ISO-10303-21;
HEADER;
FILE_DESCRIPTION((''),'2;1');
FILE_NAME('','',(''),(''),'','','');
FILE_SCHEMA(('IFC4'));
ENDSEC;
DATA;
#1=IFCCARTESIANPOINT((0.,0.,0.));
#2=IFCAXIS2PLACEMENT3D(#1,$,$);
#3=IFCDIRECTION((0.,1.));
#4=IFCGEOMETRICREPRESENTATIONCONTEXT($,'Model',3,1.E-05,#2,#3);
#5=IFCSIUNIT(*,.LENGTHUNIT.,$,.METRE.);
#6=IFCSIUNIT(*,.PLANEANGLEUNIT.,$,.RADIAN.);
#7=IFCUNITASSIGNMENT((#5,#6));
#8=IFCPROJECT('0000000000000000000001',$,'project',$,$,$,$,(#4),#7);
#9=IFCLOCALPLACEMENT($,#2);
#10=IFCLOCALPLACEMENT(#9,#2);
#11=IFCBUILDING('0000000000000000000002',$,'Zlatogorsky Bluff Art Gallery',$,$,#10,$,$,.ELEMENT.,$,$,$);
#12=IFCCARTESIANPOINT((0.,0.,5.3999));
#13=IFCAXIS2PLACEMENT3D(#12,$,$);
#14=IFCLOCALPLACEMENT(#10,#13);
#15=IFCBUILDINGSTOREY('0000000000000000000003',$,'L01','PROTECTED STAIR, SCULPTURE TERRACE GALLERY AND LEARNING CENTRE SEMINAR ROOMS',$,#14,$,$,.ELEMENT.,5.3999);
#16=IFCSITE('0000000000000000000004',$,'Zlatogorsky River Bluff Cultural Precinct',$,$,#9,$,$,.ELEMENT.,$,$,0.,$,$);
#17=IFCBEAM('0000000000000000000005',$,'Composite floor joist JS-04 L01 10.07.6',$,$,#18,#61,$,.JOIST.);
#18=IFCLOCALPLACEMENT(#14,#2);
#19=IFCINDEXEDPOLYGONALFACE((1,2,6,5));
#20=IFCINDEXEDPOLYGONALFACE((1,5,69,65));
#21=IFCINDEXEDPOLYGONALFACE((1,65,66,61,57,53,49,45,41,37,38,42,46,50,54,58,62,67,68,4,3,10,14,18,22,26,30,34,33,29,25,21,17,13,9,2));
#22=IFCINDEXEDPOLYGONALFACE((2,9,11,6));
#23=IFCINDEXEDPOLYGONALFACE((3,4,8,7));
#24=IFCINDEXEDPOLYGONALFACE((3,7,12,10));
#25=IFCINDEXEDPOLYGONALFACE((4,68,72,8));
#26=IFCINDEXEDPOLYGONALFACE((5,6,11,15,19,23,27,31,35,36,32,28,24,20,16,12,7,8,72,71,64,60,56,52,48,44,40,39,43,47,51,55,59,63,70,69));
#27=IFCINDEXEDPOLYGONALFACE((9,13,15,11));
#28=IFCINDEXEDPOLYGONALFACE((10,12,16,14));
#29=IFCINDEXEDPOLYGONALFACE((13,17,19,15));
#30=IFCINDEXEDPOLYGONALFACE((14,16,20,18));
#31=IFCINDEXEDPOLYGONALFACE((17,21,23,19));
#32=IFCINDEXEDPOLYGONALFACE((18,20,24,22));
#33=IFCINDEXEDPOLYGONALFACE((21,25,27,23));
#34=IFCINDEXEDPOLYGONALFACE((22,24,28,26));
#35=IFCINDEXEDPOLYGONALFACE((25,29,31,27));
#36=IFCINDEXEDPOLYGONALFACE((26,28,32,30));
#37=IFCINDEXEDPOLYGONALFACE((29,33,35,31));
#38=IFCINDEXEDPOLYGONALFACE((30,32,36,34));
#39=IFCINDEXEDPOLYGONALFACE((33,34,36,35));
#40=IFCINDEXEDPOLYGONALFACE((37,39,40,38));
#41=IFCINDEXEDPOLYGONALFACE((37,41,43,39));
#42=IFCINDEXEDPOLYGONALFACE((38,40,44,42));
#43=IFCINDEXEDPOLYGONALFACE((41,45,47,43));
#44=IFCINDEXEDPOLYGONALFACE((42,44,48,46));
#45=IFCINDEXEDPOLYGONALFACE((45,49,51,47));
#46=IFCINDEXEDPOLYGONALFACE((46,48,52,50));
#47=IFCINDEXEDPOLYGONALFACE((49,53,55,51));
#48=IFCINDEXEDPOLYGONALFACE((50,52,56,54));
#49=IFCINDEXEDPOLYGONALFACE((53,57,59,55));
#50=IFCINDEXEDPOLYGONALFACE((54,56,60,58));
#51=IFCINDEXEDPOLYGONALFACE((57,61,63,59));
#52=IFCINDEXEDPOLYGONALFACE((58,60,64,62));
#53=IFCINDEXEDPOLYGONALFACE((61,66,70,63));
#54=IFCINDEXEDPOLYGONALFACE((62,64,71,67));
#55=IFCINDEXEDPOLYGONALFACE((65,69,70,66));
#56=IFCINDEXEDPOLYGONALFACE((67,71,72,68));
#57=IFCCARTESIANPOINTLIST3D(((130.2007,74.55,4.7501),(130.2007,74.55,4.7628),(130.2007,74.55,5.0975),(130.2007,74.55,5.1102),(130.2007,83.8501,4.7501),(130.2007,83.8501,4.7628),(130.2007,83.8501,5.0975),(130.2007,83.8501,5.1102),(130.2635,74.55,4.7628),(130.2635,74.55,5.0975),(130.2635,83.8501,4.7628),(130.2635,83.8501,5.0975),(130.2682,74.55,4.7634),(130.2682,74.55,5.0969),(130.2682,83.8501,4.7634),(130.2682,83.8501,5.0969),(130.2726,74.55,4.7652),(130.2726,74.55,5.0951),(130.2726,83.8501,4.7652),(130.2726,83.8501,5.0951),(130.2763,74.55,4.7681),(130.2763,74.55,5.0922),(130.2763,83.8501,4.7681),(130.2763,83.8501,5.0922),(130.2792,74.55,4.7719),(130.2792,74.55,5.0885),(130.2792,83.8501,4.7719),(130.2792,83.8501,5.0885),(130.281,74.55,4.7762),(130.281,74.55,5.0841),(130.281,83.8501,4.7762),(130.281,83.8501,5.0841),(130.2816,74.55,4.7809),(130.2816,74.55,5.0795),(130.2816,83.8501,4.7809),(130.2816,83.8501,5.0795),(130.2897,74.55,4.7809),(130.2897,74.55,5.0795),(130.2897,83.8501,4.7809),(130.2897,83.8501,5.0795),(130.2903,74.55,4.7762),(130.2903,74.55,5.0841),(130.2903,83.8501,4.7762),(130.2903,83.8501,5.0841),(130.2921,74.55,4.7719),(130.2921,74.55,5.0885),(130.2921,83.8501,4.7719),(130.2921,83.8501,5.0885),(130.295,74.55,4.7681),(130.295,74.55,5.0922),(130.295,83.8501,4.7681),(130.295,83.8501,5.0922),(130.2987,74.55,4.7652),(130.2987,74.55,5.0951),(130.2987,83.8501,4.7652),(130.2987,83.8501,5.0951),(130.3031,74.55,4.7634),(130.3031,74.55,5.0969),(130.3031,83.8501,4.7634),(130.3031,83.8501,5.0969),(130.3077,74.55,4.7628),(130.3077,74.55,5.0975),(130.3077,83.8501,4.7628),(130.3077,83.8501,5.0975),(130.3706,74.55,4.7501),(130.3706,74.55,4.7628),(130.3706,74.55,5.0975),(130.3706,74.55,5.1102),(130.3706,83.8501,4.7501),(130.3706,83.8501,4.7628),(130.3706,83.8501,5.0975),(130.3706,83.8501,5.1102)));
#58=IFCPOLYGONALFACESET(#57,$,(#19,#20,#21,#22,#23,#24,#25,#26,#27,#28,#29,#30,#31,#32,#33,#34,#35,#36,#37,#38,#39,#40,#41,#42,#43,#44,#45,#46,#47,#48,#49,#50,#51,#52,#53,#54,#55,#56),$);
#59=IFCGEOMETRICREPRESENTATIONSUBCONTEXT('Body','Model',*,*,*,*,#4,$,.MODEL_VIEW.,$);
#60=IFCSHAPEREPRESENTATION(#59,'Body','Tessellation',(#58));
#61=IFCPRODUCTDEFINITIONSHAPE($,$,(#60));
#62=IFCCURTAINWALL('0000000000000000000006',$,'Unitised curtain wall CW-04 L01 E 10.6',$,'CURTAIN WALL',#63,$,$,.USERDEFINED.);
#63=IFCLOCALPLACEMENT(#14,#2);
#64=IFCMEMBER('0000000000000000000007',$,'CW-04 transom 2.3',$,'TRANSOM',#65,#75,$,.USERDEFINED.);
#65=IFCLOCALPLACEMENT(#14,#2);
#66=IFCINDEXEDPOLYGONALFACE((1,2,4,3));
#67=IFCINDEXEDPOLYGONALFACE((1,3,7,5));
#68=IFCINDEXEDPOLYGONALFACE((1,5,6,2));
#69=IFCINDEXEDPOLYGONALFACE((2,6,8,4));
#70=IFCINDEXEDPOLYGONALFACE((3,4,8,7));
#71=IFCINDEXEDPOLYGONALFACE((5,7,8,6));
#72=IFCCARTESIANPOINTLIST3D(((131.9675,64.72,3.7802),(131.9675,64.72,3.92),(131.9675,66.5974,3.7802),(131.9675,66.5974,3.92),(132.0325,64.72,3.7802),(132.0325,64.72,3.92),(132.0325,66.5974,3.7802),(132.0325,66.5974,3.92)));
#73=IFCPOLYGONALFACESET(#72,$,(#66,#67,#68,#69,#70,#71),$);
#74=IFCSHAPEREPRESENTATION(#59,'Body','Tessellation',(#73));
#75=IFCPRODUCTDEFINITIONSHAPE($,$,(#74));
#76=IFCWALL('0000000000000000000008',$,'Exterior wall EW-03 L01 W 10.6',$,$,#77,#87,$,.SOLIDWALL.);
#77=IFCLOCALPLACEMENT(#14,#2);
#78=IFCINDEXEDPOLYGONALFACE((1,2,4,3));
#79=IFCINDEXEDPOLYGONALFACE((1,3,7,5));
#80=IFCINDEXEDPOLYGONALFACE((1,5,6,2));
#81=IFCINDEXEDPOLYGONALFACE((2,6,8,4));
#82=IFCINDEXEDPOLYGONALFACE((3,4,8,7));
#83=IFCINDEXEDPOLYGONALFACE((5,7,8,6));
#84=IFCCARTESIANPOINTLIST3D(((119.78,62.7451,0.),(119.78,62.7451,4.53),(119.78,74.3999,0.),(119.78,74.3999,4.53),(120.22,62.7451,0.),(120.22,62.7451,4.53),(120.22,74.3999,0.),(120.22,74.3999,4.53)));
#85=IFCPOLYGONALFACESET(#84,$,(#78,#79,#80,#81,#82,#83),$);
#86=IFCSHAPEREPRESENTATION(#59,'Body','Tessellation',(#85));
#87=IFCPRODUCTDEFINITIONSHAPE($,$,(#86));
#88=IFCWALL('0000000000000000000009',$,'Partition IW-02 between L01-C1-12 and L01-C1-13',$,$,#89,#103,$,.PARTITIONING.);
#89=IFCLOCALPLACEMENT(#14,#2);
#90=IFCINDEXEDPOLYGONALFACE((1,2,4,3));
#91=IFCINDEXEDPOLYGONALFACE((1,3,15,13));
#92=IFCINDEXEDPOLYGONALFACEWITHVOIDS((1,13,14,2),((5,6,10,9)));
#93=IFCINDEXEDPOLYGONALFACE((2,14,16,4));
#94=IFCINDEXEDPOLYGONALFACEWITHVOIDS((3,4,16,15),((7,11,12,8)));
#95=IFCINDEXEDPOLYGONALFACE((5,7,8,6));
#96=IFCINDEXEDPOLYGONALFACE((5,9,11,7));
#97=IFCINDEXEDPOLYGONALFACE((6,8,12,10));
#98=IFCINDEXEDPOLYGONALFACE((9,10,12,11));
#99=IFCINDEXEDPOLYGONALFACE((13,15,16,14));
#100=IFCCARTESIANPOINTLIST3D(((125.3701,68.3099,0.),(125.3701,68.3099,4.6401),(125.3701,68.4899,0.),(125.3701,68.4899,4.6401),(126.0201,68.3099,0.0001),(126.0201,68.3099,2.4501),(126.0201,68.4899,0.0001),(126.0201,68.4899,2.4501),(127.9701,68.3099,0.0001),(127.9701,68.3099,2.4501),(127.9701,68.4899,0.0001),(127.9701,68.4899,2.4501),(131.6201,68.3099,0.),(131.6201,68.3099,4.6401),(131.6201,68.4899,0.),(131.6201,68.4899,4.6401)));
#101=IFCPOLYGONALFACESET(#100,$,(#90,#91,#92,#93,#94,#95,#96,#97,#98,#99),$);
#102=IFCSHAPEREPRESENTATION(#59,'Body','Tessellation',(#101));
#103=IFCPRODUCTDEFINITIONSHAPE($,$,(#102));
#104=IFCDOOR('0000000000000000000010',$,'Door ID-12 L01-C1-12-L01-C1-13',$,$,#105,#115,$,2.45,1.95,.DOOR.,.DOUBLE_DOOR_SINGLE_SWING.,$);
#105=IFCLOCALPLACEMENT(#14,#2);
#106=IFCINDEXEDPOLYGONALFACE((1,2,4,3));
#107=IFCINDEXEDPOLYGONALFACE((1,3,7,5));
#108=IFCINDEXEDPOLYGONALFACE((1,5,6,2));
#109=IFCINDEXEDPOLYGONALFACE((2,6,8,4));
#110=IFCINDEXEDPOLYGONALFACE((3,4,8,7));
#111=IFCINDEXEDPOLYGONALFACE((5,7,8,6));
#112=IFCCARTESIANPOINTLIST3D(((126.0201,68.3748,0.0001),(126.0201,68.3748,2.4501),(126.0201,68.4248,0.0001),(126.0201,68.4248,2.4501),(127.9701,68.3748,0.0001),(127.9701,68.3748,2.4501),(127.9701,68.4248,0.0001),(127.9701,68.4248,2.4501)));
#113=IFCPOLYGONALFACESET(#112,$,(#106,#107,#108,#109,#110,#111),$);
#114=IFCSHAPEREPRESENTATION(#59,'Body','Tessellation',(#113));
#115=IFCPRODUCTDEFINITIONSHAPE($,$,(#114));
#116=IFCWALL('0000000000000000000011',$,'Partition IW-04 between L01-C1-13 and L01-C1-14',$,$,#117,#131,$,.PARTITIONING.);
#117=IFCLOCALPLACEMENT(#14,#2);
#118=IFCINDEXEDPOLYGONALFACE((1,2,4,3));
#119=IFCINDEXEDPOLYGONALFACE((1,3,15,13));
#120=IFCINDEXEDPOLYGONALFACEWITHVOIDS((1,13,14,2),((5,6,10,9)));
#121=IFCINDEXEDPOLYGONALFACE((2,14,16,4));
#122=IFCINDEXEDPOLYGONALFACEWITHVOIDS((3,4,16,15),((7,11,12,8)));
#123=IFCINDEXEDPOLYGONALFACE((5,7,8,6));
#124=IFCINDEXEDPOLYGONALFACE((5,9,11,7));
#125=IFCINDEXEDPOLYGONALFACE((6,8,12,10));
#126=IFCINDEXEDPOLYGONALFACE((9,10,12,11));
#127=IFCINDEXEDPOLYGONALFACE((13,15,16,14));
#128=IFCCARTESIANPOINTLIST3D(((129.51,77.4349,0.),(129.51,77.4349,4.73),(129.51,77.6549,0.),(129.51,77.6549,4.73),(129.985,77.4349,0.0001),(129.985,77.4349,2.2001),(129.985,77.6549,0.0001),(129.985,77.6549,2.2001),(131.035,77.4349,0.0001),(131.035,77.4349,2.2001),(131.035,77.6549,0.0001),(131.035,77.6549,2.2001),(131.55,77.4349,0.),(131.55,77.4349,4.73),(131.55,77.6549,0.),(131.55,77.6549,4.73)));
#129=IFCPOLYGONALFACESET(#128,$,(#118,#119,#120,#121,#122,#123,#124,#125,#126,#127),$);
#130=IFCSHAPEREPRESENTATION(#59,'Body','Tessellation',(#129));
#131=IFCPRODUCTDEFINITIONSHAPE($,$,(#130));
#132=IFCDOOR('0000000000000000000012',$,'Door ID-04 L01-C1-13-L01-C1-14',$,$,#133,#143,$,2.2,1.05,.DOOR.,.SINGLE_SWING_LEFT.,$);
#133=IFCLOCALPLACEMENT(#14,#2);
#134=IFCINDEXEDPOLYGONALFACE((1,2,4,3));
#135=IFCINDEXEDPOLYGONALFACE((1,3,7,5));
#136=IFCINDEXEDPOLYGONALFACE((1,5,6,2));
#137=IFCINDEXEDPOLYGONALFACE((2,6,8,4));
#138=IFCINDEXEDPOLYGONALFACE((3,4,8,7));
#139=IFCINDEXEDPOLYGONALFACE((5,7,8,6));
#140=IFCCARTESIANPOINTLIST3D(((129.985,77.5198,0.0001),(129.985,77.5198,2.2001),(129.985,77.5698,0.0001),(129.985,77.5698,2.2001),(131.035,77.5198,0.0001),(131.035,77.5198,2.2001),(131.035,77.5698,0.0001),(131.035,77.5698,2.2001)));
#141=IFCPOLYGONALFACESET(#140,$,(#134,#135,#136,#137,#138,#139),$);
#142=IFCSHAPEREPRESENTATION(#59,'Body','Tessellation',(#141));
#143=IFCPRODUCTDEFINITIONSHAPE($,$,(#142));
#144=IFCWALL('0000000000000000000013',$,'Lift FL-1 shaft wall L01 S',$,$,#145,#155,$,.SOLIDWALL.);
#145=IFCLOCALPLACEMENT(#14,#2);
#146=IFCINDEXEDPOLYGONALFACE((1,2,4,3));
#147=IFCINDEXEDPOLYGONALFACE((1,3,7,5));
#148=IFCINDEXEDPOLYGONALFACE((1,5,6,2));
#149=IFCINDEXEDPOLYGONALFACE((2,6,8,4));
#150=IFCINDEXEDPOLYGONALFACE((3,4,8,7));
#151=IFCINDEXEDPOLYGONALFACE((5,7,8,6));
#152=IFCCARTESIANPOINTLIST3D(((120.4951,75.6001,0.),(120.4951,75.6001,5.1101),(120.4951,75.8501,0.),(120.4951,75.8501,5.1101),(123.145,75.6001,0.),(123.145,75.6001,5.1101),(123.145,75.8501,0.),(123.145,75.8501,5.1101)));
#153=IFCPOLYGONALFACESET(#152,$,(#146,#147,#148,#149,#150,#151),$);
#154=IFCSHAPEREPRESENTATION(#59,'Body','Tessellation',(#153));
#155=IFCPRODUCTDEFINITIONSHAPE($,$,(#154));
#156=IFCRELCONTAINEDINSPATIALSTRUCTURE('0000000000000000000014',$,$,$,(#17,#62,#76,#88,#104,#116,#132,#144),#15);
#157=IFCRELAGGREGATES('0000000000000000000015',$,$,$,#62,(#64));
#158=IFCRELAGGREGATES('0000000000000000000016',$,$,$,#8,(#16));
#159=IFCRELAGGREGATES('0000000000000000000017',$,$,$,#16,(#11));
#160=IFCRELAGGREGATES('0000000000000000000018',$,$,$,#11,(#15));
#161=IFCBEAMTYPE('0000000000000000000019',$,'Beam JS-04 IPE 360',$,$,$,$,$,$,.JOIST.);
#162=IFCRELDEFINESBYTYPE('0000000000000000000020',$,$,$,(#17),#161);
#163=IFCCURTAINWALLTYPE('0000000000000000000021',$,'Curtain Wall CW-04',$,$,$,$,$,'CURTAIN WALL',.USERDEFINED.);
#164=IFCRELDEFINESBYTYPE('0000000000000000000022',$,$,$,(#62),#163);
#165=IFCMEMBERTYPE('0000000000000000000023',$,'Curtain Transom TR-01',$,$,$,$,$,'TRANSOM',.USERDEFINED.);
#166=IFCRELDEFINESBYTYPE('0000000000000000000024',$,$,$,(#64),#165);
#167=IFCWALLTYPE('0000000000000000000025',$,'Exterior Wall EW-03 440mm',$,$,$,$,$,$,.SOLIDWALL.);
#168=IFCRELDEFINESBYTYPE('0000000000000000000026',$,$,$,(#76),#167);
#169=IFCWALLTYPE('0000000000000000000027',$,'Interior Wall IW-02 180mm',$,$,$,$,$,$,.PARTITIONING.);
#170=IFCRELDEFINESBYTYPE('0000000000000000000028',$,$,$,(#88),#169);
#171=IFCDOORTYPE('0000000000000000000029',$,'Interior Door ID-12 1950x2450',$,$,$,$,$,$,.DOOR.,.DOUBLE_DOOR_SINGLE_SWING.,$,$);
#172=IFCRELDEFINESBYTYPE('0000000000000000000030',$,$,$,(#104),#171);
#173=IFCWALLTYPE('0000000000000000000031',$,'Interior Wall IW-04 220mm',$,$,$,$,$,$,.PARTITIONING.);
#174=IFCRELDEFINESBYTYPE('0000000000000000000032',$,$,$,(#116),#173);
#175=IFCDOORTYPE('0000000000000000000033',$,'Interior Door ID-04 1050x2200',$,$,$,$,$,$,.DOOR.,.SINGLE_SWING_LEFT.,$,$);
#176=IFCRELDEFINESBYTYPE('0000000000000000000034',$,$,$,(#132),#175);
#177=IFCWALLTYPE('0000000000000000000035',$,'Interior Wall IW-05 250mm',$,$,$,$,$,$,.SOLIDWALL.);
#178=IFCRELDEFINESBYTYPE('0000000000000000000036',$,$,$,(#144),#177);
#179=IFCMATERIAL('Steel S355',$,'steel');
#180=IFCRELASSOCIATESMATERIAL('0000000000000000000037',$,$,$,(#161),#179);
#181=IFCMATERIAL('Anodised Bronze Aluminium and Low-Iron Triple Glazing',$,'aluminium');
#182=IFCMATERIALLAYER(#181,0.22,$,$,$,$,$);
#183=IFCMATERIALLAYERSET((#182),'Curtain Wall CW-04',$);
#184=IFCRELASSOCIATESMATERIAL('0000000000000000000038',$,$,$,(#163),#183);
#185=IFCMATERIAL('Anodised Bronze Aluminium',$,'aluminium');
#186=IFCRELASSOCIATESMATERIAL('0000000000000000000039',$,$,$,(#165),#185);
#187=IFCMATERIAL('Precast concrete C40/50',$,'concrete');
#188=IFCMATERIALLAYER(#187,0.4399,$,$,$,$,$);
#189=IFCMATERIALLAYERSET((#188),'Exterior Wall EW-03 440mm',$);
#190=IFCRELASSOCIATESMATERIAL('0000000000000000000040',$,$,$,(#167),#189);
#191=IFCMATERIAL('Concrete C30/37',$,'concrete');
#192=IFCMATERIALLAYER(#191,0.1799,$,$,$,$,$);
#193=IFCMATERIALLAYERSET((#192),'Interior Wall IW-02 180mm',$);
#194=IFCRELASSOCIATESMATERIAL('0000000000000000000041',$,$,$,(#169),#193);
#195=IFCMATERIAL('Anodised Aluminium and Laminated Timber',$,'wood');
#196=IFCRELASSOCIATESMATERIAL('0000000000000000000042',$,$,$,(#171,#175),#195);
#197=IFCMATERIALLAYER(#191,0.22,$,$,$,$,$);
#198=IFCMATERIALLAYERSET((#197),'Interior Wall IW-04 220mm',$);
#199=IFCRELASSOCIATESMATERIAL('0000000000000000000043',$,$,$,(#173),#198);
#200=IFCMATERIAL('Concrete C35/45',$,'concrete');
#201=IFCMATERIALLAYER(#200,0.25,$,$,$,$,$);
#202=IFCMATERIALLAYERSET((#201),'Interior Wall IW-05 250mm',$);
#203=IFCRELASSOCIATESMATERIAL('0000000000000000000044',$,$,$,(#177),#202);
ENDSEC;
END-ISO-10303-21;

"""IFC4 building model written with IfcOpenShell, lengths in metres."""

from ifc_helpers import new_model, si_unit, direction, frame, frame_2d, origin, origin_2d, place, context, subcontext, project, spatial, rectangle, i_section, extrude, material, layer, layer_set, material_profile, profile_set, type_object, element, fill, aggregate, save


model = new_model("IFC4")

# Units and contexts
model_context = context("Model", 3, precision=1e-05, world=origin(), true_north=direction((0.0, 1.0)))
body_context = subcontext(model_context, "Body", "Model", "MODEL_VIEW")
ifc_project = project(units=[si_unit("LENGTHUNIT", "METRE"), si_unit("PLANEANGLEUNIT", "RADIAN")], contexts=[model_context])

# Site, building, storey
site_placement = place(None, origin())
site = spatial("IfcSite", under=ifc_project, at=site_placement, Name="Zlatogorsky River Bluff Cultural Precinct", CompositionType="ELEMENT", RefElevation=0.0)
building_placement = place(site_placement, origin())
building = spatial("IfcBuilding", under=site, at=building_placement, Name="Zlatogorsky Bluff Art Gallery", CompositionType="ELEMENT")
storey_placement = place(building_placement, frame((0.0, 0.0, 5.3999)))
storey = spatial("IfcBuildingStorey", under=building, at=storey_placement, Name="L01", Description="PROTECTED STAIR, SCULPTURE TERRACE GALLERY AND LEARNING CENTRE SEMINAR ROOMS", CompositionType="ELEMENT", Elevation=5.3999)

# Shared definitions
ifc_material_1 = material(Name="Steel S355", Category="steel")

# Beam
ifc_material_profile_1 = material_profile(ifc_material_1, i_section(OverallWidth=0.1699, OverallDepth=0.3601, WebThickness=0.0081, FlangeThickness=0.0127, FilletRadius=0.0181, at=origin_2d()), Name="IPE 360")
ifc_profile_set_1 = profile_set([ifc_material_profile_1], Name="Steel S355")
beam_type_1 = type_object("IfcBeamType", Name="Beam JS-04 IPE 360", PredefinedType="JOIST", material=ifc_profile_set_1)
for number, where, z_axis, x_axis, name in (
    (1, (130.2856, 74.55, 4.9302), (0.0, 1.0, 0.0), (-1.0, 0.0, 0.0), "Composite floor joist JS-04 L01 10.07.6"),
):
    element("IfcBeam", number, at=place(storey_placement, frame(where, z_axis=z_axis, x_axis=x_axis)), inside=storey, type_object=beam_type_1, Name=name, PredefinedType="JOIST", context=body_context, shape_type="SweptSolid", body=[
        extrude(i_section(OverallWidth=0.1699, OverallDepth=0.3601, WebThickness=0.0081, FlangeThickness=0.0127, FilletRadius=0.0181, at=origin_2d()), origin(), (0.0, 0.0, 1.0), 9.3),
    ])

# Curtain wall, member
ifc_material_2 = material(Name="Anodised Bronze Aluminium and Low-Iron Triple Glazing", Category="aluminium")
ifc_layer_1 = layer(ifc_material_2, 0.22)
ifc_layer_set_1 = layer_set([ifc_layer_1], Name="Curtain Wall CW-04")
curtain_wall_type = type_object("IfcCurtainWallType", Name="Curtain Wall CW-04", ElementType="CURTAIN WALL", PredefinedType="USERDEFINED", material=ifc_layer_set_1)
curtain_wall_placement = place(storey_placement, origin())
curtain_wall = element("IfcCurtainWall", 2, at=curtain_wall_placement, inside=storey, type_object=curtain_wall_type, Name="Unitised curtain wall CW-04 L01 E 10.6", ObjectType="CURTAIN WALL", PredefinedType="USERDEFINED")
ifc_material_3 = material(Name="Anodised Bronze Aluminium", Category="aluminium")
ifc_material_profile_2 = material_profile(ifc_material_3, rectangle(XDim=0.0649, YDim=0.1399, at=origin_2d()), Name="ALU TRANSOM 65x140")
ifc_profile_set_2 = profile_set([ifc_material_profile_2], Name="Anodised Bronze Aluminium")
member_type = type_object("IfcMemberType", Name="Curtain Transom TR-01", ElementType="TRANSOM", PredefinedType="USERDEFINED", material=ifc_profile_set_2)
member_placement = place(storey_placement, frame((132.0, 64.72, 3.8501), z_axis=(0.0, 1.0, 0.0), x_axis=(-1.0, 0.0, 0.0)))
member = element("IfcMember", 3, at=member_placement, type_object=member_type, Name="CW-04 transom 2.3", ObjectType="TRANSOM", PredefinedType="USERDEFINED", context=body_context, shape_type="SweptSolid", body=[
    extrude(rectangle(XDim=0.0649, YDim=0.1399, at=origin_2d()), origin(), (0.0, 0.0, 1.0), 1.8774),
])
aggregate(curtain_wall, [member])

# Wall
ifc_material_4 = material(Name="Precast concrete C40/50", Category="concrete")
ifc_layer_2 = layer(ifc_material_4, 0.4399)
ifc_layer_set_2 = layer_set([ifc_layer_2], Name="Exterior Wall EW-03 440mm")
wall_type_1 = type_object("IfcWallType", Name="Exterior Wall EW-03 440mm", PredefinedType="SOLIDWALL", material=ifc_layer_set_2)
wall_1_placement = place(storey_placement, frame((120.0, 74.3999, 0.0), z_axis=(0.0, 0.0, 1.0), x_axis=(0.0, -1.0, 0.0)))
element("IfcWall", 4, at=wall_1_placement, inside=storey, type_object=wall_type_1, Name="Exterior wall EW-03 L01 W 10.6", PredefinedType="SOLIDWALL", context=body_context, shape_type="SweptSolid", body=[
    extrude(rectangle(XDim=11.6548, YDim=0.4399, at=frame_2d((5.8274, 0.0))), origin(), (0.0, 0.0, 1.0), 4.53),
])

# Walls, openings, doors
ifc_material_5 = material(Name="Concrete C30/37", Category="concrete")
ifc_layer_3 = layer(ifc_material_5, 0.1799)
ifc_layer_set_3 = layer_set([ifc_layer_3], Name="Interior Wall IW-02 180mm")
wall_type_2 = type_object("IfcWallType", Name="Interior Wall IW-02 180mm", PredefinedType="PARTITIONING", material=ifc_layer_set_3)
wall_2_placement = place(storey_placement, frame((125.3701, 68.3999, 0.0), z_axis=(0.0, 0.0, 1.0), x_axis=(1.0, 0.0, 0.0)))
wall_2 = element("IfcWall", 5, at=wall_2_placement, inside=storey, type_object=wall_type_2, Name="Partition IW-02 between L01-C1-12 and L01-C1-13", PredefinedType="PARTITIONING", context=body_context, shape_type="SweptSolid", body=[
    extrude(rectangle(XDim=6.25, YDim=0.1799, at=frame_2d((3.125, 0.0))), origin(), (0.0, 0.0, 1.0), 4.6401),
])
opening_1_placement = place(wall_2_placement, frame((0.6499, 0.0, 0.0)))
opening_1 = element("IfcOpeningElement", 6, at=opening_1_placement, cuts=wall_2, PredefinedType="OPENING", context=body_context, shape_type="SweptSolid", body=[
    extrude(rectangle(XDim=1.95, YDim=2.45, at=frame_2d((0.9751, 1.2251))), frame((0.0, 0.0999, 0.0), z_axis=(0.0, -1.0, 0.0), x_axis=(1.0, 0.0, 0.0)), (0.0, 0.0, 1.0), 0.2),
])
ifc_material_6 = material(Name="Anodised Aluminium and Laminated Timber", Category="wood")
door_type_1 = type_object("IfcDoorType", Name="Interior Door ID-12 1950x2450", OperationType="DOUBLE_DOOR_SINGLE_SWING", PredefinedType="DOOR", material=ifc_material_6)
door_1_placement = place(opening_1_placement, origin())
door_1 = element("IfcDoor", 7, at=door_1_placement, inside=storey, type_object=door_type_1, Name="Door ID-12 L01-C1-12-L01-C1-13", OperationType="DOUBLE_DOOR_SINGLE_SWING", OverallHeight=2.45, OverallWidth=1.95, PredefinedType="DOOR", context=body_context, shape_type="SweptSolid", body=[
    extrude(rectangle(XDim=1.95, YDim=2.45, at=frame_2d((0.9751, 1.2251))), frame((0.0, 0.0249, 0.0), z_axis=(0.0, -1.0, 0.0), x_axis=(1.0, 0.0, 0.0)), (0.0, 0.0, 1.0), 0.05),
])
fill(opening_1, door_1)
ifc_layer_4 = layer(ifc_material_5, 0.22)
ifc_layer_set_4 = layer_set([ifc_layer_4], Name="Interior Wall IW-04 220mm")
wall_type_3 = type_object("IfcWallType", Name="Interior Wall IW-04 220mm", PredefinedType="PARTITIONING", material=ifc_layer_set_4)
wall_3_placement = place(storey_placement, frame((129.51, 77.5449, 0.0), z_axis=(0.0, 0.0, 1.0), x_axis=(1.0, 0.0, 0.0)))
wall_3 = element("IfcWall", 8, at=wall_3_placement, inside=storey, type_object=wall_type_3, Name="Partition IW-04 between L01-C1-13 and L01-C1-14", PredefinedType="PARTITIONING", context=body_context, shape_type="SweptSolid", body=[
    extrude(rectangle(XDim=2.04, YDim=0.22, at=frame_2d((1.02, 0.0))), origin(), (0.0, 0.0, 1.0), 4.73),
])
opening_2_placement = place(wall_3_placement, frame((0.4751, 0.0, 0.0)))
opening_2 = element("IfcOpeningElement", 9, at=opening_2_placement, cuts=wall_3, PredefinedType="OPENING", context=body_context, shape_type="SweptSolid", body=[
    extrude(rectangle(XDim=1.05, YDim=2.2, at=frame_2d((0.5249, 1.1001))), frame((0.0, 0.1199, 0.0), z_axis=(0.0, -1.0, 0.0), x_axis=(1.0, 0.0, 0.0)), (0.0, 0.0, 1.0), 0.24),
])
door_type_2 = type_object("IfcDoorType", Name="Interior Door ID-04 1050x2200", OperationType="SINGLE_SWING_LEFT", PredefinedType="DOOR", material=ifc_material_6)
door_2_placement = place(opening_2_placement, origin())
door_2 = element("IfcDoor", 10, at=door_2_placement, inside=storey, type_object=door_type_2, Name="Door ID-04 L01-C1-13-L01-C1-14", OperationType="SINGLE_SWING_LEFT", OverallHeight=2.2, OverallWidth=1.05, PredefinedType="DOOR", context=body_context, shape_type="SweptSolid", body=[
    extrude(rectangle(XDim=1.05, YDim=2.2, at=frame_2d((0.5249, 1.1001))), frame((0.0, 0.0249, 0.0), z_axis=(0.0, -1.0, 0.0), x_axis=(1.0, 0.0, 0.0)), (0.0, 0.0, 1.0), 0.05),
])
fill(opening_2, door_2)

# Wall
ifc_material_7 = material(Name="Concrete C35/45", Category="concrete")
ifc_layer_5 = layer(ifc_material_7, 0.25)
ifc_layer_set_5 = layer_set([ifc_layer_5], Name="Interior Wall IW-05 250mm")
wall_type_4 = type_object("IfcWallType", Name="Interior Wall IW-05 250mm", PredefinedType="SOLIDWALL", material=ifc_layer_set_5)
wall_4_placement = place(storey_placement, frame((120.4951, 75.7251, 0.0), z_axis=(0.0, 0.0, 1.0), x_axis=(1.0, 0.0, 0.0)))
element("IfcWall", 11, at=wall_4_placement, inside=storey, type_object=wall_type_4, Name="Lift FL-1 shaft wall L01 S", PredefinedType="SOLIDWALL", context=body_context, shape_type="SweptSolid", body=[
    extrude(rectangle(XDim=2.6499, YDim=0.25, at=frame_2d((1.325, 0.0))), origin(), (0.0, 0.0, 1.0), 5.1101),
])

save(model, "model.ifc")
